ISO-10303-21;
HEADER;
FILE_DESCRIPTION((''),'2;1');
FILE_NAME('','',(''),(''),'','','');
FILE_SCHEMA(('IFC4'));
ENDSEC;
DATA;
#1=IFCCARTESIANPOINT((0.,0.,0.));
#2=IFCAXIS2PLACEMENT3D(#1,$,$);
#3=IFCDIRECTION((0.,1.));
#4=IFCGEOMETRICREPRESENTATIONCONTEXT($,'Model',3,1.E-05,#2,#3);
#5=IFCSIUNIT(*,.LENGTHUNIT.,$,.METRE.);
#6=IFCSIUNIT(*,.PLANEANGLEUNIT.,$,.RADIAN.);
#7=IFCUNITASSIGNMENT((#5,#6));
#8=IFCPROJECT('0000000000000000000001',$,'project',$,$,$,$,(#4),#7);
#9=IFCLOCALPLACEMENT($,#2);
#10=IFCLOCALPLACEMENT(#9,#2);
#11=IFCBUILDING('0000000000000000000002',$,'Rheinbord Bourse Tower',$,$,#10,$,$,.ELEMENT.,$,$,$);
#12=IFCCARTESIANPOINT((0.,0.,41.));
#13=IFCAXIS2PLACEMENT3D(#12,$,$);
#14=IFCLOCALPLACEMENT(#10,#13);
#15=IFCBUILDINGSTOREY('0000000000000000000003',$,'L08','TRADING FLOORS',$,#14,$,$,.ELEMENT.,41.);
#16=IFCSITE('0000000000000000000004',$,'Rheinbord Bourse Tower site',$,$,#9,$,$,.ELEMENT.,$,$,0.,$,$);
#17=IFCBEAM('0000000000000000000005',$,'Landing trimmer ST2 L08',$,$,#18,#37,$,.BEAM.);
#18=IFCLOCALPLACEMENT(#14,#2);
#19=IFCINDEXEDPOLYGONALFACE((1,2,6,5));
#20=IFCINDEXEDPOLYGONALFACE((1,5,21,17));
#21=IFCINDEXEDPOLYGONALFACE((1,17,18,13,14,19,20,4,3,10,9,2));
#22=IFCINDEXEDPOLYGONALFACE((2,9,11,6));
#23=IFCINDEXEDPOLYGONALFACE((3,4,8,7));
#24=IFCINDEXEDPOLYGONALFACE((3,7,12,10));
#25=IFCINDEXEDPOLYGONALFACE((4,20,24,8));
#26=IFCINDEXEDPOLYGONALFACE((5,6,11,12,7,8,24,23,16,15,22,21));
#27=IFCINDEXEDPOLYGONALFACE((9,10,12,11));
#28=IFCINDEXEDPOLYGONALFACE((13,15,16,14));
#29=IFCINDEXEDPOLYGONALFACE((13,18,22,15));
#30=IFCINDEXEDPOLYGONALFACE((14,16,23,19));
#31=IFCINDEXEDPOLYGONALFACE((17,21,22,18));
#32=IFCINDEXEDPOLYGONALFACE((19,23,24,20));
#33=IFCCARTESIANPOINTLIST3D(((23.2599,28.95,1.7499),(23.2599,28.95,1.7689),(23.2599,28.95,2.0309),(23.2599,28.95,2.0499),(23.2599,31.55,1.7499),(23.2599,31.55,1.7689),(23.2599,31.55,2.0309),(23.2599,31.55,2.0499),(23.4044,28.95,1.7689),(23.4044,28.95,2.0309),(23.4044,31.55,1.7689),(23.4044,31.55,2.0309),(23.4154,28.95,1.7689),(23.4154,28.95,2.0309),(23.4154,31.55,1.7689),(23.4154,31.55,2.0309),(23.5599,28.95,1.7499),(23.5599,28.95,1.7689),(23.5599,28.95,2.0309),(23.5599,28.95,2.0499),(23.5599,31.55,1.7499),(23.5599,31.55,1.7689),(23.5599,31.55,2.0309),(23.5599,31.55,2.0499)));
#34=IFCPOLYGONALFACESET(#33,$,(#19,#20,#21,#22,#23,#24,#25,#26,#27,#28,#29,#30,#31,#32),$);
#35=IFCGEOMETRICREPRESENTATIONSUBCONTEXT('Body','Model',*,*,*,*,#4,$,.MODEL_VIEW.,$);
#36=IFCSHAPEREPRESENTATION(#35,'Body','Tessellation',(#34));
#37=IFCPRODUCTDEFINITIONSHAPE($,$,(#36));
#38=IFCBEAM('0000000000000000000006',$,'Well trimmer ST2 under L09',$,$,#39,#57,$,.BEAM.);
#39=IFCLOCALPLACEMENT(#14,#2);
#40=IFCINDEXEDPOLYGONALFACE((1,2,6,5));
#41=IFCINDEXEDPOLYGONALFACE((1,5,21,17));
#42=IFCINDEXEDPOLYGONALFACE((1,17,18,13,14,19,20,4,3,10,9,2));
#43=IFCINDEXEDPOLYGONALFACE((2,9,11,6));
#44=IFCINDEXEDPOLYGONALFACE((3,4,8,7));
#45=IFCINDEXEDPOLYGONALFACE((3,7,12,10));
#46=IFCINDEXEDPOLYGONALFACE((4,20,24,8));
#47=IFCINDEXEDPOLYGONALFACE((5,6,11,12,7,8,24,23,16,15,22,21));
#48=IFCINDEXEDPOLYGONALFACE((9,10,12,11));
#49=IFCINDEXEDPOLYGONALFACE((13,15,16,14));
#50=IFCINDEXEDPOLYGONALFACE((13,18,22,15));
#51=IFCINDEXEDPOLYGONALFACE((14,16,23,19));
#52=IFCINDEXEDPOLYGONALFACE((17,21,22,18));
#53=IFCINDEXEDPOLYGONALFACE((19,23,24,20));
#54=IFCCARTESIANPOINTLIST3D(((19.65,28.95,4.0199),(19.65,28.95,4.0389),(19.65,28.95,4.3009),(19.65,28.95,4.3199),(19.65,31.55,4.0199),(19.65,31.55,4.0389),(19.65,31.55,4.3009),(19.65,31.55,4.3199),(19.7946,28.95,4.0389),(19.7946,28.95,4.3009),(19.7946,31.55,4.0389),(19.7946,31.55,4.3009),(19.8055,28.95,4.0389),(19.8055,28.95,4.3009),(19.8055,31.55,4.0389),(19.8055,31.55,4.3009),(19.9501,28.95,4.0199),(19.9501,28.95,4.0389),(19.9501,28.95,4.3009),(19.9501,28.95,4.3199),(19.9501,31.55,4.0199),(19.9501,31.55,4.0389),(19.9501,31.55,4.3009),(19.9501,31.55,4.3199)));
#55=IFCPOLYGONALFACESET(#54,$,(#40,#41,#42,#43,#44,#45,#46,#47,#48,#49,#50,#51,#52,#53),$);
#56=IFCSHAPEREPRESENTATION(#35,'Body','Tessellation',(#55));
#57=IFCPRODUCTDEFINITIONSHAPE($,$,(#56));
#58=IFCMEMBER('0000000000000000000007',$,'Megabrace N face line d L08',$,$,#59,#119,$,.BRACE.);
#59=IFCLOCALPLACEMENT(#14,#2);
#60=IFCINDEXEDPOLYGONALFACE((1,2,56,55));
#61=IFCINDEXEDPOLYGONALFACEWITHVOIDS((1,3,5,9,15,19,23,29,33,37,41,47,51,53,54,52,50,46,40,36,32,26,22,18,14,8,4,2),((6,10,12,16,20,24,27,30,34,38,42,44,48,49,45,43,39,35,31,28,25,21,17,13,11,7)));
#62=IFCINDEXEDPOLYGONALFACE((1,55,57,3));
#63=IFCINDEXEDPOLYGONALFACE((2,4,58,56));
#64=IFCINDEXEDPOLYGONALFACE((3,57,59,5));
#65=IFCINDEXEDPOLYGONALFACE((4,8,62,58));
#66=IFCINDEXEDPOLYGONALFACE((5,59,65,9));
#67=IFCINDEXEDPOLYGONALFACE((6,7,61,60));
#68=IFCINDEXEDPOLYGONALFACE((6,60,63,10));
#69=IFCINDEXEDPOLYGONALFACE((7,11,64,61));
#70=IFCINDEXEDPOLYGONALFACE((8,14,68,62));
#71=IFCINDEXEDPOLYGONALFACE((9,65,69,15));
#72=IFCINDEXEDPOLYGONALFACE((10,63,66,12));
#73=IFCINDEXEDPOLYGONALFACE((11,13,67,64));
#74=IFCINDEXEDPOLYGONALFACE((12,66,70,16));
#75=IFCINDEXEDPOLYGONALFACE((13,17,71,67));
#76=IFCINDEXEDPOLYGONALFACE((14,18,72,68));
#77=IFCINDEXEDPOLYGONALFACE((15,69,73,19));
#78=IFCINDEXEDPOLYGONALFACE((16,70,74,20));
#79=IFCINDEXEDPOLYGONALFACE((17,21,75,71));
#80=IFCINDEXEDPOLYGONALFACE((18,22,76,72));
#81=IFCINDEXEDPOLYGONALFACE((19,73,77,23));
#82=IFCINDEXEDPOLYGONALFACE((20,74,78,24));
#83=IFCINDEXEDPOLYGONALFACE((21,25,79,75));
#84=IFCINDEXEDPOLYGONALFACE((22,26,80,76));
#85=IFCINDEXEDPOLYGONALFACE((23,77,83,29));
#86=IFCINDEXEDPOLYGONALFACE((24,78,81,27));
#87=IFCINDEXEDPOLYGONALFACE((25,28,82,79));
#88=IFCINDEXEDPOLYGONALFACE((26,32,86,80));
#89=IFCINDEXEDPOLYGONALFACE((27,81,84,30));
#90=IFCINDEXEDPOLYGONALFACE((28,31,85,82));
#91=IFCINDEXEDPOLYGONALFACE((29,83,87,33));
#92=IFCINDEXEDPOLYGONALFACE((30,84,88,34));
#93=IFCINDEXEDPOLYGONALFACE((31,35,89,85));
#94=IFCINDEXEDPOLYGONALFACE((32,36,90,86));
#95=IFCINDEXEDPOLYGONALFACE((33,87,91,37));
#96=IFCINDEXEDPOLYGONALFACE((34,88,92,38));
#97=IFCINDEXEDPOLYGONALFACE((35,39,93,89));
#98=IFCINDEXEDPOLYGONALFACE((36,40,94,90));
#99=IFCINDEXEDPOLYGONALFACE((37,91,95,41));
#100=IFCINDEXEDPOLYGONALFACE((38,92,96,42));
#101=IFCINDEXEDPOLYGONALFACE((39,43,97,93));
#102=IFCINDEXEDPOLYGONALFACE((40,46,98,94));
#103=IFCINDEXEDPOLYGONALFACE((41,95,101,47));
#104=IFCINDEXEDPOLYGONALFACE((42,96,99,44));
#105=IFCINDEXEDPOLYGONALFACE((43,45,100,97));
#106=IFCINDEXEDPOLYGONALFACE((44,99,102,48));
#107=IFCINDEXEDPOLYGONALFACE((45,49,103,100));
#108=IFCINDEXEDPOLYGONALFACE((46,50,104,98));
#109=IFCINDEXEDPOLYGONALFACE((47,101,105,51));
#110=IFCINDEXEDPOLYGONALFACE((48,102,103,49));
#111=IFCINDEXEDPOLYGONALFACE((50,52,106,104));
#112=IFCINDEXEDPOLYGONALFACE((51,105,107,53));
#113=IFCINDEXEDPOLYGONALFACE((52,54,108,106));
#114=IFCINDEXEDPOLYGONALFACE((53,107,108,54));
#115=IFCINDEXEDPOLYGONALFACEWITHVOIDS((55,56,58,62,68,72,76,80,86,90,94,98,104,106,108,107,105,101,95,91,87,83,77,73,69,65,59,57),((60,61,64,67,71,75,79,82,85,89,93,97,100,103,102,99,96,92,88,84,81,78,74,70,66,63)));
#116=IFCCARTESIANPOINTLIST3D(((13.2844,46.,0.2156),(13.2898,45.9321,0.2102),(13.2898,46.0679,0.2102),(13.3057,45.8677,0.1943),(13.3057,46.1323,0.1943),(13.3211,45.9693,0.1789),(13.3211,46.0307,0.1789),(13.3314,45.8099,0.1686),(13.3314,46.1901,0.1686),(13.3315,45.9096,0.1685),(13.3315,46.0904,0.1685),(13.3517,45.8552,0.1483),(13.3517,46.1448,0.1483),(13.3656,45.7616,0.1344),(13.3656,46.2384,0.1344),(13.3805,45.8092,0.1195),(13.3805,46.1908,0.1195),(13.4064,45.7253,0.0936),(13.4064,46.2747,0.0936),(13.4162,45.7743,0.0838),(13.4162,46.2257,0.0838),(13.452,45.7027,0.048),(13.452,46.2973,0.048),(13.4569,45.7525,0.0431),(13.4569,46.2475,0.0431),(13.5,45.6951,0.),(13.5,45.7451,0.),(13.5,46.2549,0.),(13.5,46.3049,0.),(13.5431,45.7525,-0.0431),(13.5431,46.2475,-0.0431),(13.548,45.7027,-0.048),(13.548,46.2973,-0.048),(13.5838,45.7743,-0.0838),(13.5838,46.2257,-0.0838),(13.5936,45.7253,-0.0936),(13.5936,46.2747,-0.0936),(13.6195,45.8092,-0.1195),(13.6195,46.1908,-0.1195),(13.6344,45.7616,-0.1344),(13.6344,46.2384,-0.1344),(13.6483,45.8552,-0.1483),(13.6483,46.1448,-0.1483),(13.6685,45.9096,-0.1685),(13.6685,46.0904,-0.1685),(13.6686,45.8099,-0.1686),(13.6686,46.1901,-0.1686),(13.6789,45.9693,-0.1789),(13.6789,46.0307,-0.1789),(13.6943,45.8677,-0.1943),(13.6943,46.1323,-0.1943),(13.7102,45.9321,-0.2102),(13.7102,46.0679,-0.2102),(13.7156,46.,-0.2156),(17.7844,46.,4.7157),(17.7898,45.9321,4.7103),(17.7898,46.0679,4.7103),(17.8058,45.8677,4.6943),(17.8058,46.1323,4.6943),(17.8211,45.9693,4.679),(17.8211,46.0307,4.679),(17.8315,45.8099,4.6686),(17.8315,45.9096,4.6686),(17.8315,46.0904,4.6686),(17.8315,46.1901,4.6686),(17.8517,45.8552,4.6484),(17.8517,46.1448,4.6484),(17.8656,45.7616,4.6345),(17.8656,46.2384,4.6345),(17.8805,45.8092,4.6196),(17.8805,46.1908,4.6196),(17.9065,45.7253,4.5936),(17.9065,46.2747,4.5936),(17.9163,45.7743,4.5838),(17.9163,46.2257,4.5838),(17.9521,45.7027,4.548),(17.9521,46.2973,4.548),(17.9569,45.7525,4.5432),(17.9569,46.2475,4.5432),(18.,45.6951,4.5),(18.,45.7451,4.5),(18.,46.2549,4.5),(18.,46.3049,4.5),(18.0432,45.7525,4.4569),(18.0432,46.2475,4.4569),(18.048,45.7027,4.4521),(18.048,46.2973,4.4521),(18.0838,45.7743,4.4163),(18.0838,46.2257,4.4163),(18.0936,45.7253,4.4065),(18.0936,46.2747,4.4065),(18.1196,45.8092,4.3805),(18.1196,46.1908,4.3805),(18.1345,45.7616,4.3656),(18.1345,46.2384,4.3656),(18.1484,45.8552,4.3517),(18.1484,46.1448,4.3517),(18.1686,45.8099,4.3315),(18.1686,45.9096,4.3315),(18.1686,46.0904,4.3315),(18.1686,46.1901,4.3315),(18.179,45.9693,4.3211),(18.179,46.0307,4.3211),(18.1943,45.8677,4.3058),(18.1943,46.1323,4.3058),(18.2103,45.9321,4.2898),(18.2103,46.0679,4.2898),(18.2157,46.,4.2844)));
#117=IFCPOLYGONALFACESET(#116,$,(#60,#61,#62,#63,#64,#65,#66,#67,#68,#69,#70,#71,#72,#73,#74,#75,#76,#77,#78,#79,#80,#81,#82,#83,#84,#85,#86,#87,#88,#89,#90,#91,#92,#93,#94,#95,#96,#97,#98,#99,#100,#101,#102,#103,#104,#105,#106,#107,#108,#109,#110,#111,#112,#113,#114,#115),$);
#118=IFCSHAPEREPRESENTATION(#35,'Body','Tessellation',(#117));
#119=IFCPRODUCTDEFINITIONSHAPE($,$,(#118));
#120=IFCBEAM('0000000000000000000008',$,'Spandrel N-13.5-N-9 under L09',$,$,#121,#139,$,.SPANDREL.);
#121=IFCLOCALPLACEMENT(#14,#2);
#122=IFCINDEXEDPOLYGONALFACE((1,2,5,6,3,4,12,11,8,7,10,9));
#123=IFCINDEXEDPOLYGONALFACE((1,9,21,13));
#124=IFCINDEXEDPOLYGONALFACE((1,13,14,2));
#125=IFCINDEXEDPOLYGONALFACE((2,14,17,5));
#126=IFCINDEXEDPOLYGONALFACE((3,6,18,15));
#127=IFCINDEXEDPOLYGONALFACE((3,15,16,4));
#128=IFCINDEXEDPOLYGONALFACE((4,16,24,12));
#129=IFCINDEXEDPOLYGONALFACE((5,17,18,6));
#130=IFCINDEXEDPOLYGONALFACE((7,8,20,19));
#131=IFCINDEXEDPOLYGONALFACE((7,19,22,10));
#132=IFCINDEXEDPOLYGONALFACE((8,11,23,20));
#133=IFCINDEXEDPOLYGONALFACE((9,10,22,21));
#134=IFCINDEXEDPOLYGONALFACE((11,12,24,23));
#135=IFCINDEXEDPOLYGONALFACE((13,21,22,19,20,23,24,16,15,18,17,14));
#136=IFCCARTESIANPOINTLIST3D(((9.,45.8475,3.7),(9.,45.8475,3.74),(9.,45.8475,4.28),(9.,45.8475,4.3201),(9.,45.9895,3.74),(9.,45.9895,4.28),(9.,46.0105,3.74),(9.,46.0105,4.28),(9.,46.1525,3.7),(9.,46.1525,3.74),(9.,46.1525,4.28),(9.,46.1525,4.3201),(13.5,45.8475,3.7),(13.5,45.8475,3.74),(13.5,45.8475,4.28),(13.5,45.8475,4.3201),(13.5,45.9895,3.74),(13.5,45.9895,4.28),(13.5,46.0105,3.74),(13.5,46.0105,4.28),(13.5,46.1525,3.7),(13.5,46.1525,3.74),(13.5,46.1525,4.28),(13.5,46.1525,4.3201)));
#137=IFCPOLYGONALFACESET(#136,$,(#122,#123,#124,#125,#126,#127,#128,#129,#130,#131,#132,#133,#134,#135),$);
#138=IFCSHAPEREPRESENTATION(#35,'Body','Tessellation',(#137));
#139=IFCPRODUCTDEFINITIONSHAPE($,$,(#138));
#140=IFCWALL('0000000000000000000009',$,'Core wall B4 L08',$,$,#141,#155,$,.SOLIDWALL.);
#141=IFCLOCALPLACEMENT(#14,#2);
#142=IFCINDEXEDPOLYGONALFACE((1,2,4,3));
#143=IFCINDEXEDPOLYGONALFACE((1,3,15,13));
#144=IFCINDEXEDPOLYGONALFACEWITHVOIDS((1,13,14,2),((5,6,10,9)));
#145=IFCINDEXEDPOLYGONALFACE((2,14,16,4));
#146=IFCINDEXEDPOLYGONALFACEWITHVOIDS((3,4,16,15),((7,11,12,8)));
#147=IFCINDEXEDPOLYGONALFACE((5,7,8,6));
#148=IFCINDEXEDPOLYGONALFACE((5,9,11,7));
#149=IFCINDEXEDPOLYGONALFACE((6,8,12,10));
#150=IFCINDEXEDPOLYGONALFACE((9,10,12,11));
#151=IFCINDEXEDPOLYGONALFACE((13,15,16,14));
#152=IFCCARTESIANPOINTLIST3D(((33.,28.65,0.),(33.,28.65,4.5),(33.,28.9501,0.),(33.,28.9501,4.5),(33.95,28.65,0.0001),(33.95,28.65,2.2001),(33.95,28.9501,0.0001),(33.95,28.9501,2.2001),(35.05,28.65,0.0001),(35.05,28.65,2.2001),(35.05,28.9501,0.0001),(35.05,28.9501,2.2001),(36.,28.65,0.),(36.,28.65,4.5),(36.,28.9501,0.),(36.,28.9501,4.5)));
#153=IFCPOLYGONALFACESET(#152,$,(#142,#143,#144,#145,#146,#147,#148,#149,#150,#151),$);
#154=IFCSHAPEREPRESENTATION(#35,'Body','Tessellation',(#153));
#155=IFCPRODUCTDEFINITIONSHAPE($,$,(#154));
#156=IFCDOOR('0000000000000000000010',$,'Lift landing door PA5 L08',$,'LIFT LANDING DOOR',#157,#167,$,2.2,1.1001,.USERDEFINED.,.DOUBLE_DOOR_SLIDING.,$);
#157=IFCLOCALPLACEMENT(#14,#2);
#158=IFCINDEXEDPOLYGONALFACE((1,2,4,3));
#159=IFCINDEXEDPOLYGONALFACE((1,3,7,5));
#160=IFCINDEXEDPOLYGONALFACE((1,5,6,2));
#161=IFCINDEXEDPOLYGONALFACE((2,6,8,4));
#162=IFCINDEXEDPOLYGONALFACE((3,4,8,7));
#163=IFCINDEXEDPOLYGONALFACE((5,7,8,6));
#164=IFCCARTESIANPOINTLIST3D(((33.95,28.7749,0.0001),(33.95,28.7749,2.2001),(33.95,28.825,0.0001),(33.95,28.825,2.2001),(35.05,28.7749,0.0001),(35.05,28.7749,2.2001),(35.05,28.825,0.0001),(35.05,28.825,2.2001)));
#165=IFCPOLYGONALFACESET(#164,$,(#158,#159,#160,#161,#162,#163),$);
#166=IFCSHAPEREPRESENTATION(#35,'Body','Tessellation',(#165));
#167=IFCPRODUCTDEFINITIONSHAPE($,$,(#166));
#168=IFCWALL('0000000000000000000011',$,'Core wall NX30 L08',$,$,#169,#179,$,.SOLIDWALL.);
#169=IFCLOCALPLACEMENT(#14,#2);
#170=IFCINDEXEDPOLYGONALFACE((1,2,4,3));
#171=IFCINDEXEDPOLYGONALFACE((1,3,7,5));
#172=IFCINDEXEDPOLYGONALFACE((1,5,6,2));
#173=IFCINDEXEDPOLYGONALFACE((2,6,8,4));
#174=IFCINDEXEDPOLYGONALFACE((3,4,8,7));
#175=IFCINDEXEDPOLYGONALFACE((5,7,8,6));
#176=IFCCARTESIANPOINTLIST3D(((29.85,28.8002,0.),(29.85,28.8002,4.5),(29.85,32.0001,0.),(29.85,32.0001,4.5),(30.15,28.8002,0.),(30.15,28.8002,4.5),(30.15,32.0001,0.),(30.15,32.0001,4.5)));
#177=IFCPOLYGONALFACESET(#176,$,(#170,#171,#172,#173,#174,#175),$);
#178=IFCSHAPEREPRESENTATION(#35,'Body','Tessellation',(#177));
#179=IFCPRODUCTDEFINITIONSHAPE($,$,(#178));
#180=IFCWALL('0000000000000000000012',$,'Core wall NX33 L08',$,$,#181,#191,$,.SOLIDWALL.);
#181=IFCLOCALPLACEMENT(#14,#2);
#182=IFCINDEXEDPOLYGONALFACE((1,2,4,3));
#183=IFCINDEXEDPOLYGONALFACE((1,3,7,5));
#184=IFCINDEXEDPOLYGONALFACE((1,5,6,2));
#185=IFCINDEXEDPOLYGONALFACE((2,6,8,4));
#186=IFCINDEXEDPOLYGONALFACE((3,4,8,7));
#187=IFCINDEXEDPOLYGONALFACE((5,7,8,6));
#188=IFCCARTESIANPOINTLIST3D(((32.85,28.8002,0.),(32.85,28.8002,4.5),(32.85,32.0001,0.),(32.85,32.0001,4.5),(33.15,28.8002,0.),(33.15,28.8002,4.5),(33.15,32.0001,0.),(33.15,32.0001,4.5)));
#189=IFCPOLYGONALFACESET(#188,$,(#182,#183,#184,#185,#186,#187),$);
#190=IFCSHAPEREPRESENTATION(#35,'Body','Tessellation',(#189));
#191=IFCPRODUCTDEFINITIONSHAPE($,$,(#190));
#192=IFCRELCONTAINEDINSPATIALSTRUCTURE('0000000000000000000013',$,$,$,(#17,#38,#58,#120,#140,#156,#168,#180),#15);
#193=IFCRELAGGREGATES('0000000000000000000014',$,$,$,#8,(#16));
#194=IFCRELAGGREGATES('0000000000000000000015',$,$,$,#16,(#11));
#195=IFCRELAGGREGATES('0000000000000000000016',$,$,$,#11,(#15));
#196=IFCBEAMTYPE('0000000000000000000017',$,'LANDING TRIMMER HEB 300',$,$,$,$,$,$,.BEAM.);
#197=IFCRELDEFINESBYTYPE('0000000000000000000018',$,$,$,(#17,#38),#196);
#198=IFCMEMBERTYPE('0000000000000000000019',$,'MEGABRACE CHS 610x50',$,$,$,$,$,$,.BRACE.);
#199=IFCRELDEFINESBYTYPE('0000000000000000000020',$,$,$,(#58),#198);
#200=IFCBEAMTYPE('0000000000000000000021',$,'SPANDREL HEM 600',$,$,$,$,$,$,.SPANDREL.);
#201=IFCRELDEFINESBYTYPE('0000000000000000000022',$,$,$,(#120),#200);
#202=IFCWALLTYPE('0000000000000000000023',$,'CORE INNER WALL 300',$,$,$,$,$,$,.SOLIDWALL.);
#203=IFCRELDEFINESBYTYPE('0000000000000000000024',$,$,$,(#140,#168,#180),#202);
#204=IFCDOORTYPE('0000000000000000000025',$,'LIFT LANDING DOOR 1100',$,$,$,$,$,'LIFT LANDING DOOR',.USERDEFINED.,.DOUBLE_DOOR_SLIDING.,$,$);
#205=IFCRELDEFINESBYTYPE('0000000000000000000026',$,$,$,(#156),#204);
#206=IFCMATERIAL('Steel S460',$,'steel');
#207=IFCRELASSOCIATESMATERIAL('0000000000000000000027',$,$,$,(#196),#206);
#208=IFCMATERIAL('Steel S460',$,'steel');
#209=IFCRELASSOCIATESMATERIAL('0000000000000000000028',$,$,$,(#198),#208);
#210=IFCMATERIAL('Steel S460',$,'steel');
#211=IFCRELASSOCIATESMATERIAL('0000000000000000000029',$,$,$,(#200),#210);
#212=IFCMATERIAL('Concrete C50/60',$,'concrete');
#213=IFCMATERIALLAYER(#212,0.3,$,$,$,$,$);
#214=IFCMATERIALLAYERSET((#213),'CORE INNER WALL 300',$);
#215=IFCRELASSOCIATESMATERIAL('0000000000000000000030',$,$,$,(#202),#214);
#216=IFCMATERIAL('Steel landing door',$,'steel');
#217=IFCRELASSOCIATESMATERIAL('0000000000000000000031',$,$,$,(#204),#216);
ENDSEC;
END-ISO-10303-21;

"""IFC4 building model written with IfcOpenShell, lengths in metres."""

from ifc_helpers import new_model, si_unit, direction, frame, frame_2d, origin, origin_2d, place, context, subcontext, project, spatial, rectangle, hollow_circle, i_section, extrude, material, layer, layer_set, material_profile, profile_set, type_object, element, fill, save


model = new_model("IFC4")

# Units and contexts
model_context = context("Model", 3, precision=1e-05, world=origin(), true_north=direction((0.0, 1.0)))
body_context = subcontext(model_context, "Body", "Model", "MODEL_VIEW")
ifc_project = project(units=[si_unit("LENGTHUNIT", "METRE"), si_unit("PLANEANGLEUNIT", "RADIAN")], contexts=[model_context])

# Site, building, storey
site_placement = place(None, origin())
site = spatial("IfcSite", under=ifc_project, at=site_placement, Name="Rheinbord Bourse Tower site", CompositionType="ELEMENT", RefElevation=0.0)
building_placement = place(site_placement, origin())
building = spatial("IfcBuilding", under=site, at=building_placement, Name="Rheinbord Bourse Tower", CompositionType="ELEMENT")
storey_placement = place(building_placement, frame((0.0, 0.0, 41.0)))
storey = spatial("IfcBuildingStorey", under=building, at=storey_placement, Name="L08", Description="TRADING FLOORS", CompositionType="ELEMENT", Elevation=41.0)

# Beams
ifc_material_1 = material(Name="Steel S460", Category="steel")
ifc_material_profile_1 = material_profile(ifc_material_1, i_section(OverallWidth=0.3, OverallDepth=0.3, WebThickness=0.011, FlangeThickness=0.019, at=origin_2d()), Name="HEB 300")
ifc_profile_set_1 = profile_set([ifc_material_profile_1], Name="Steel S460")
beam_type_1 = type_object("IfcBeamType", Name="LANDING TRIMMER HEB 300", PredefinedType="BEAM", material=ifc_profile_set_1)
for number, where, z_axis, x_axis, name in (
    (1, (23.4099, 28.95, 1.8999), (0.0, 1.0, 0.0), (-1.0, 0.0, 0.0), "Landing trimmer ST2 L08"),
    (2, (19.8, 28.95, 4.1699), (0.0, 1.0, 0.0), (-1.0, 0.0, 0.0), "Well trimmer ST2 under L09"),
):
    element("IfcBeam", number, at=place(storey_placement, frame(where, z_axis=z_axis, x_axis=x_axis)), inside=storey, type_object=beam_type_1, Name=name, PredefinedType="BEAM", context=body_context, shape_type="SweptSolid", body=[
        extrude(i_section(OverallWidth=0.3, OverallDepth=0.3, WebThickness=0.011, FlangeThickness=0.019, at=origin_2d()), origin(), (0.0, 0.0, 1.0), 2.6001),
    ])

# Member
ifc_material_2 = material(Name="Steel S460", Category="steel")
ifc_material_profile_2 = material_profile(ifc_material_2, hollow_circle(Radius=0.3049, WallThickness=0.05, at=origin_2d()), Name="CHS 610x50")
ifc_profile_set_2 = profile_set([ifc_material_profile_2], Name="Steel S460")
member_type = type_object("IfcMemberType", Name="MEGABRACE CHS 610x50", PredefinedType="BRACE", material=ifc_profile_set_2)
member_placement = place(storey_placement, frame((13.5, 46.0, 0.0), z_axis=(0.707107, 0.0, 0.707107), x_axis=(0.0, 1.0, 0.0)))
element("IfcMember", 3, at=member_placement, inside=storey, type_object=member_type, Name="Megabrace N face line d L08", PredefinedType="BRACE", context=body_context, shape_type="SweptSolid", body=[
    extrude(hollow_circle(Radius=0.3049, WallThickness=0.05, at=origin_2d()), origin(), (0.0, 0.0, 1.0), 6.364),
])

# Beam
ifc_material_3 = material(Name="Steel S460", Category="steel")
ifc_material_profile_3 = material_profile(ifc_material_3, i_section(OverallWidth=0.3049, OverallDepth=0.6201, WebThickness=0.021, FlangeThickness=0.04, at=origin_2d()), Name="HEM 600")
ifc_profile_set_3 = profile_set([ifc_material_profile_3], Name="Steel S460")
beam_type_2 = type_object("IfcBeamType", Name="SPANDREL HEM 600", PredefinedType="SPANDREL", material=ifc_profile_set_3)
beam_placement = place(storey_placement, frame((13.5, 46.0, 4.01), z_axis=(-1.0, 0.0, 0.0), x_axis=(0.0, -1.0, 0.0)))
element("IfcBeam", 4, at=beam_placement, inside=storey, type_object=beam_type_2, Name="Spandrel N-13.5-N-9 under L09", PredefinedType="SPANDREL", context=body_context, shape_type="SweptSolid", body=[
    extrude(i_section(OverallWidth=0.3049, OverallDepth=0.6201, WebThickness=0.021, FlangeThickness=0.04, at=origin_2d()), origin(), (0.0, 0.0, 1.0), 4.5),
])

# Wall, opening, door
ifc_material_4 = material(Name="Concrete C50/60", Category="concrete")
ifc_layer_1 = layer(ifc_material_4, 0.3)
ifc_layer_set_1 = layer_set([ifc_layer_1], Name="CORE INNER WALL 300")
wall_type_1 = type_object("IfcWallType", Name="CORE INNER WALL 300", PredefinedType="SOLIDWALL", material=ifc_layer_set_1)
wall_1_placement = place(storey_placement, frame((33.0, 28.8, 0.0), z_axis=(0.0, 0.0, 1.0), x_axis=(1.0, 0.0, 0.0)))
wall_1 = element("IfcWall", 5, at=wall_1_placement, inside=storey, type_object=wall_type_1, Name="Core wall B4 L08", PredefinedType="SOLIDWALL", context=body_context, shape_type="SweptSolid", body=[
    extrude(rectangle(XDim=3.0, YDim=0.3, at=frame_2d((1.5, 0.0))), origin(), (0.0, 0.0, 1.0), 4.5),
])
opening_1_placement = place(wall_1_placement, frame((0.95, 0.0, 0.0)))
opening_1 = element("IfcOpeningElement", 6, at=opening_1_placement, cuts=wall_1, PredefinedType="OPENING", context=body_context, shape_type="SweptSolid", body=[
    extrude(rectangle(XDim=1.1001, YDim=2.2, at=frame_2d((0.55, 1.1001))), frame((0.0, 0.1599, 0.0), z_axis=(0.0, -1.0, 0.0), x_axis=(1.0, 0.0, 0.0)), (0.0, 0.0, 1.0), 0.3201),
])
ifc_material_5 = material(Name="Steel landing door", Category="steel")
door_type_1 = type_object("IfcDoorType", Name="LIFT LANDING DOOR 1100", ElementType="LIFT LANDING DOOR", OperationType="DOUBLE_DOOR_SLIDING", PredefinedType="USERDEFINED", material=ifc_material_5)
door_1_placement = place(opening_1_placement, origin())
door_1 = element("IfcDoor", 7, at=door_1_placement, inside=storey, type_object=door_type_1, Name="Lift landing door PA5 L08", ObjectType="LIFT LANDING DOOR", OperationType="DOUBLE_DOOR_SLIDING", OverallHeight=2.2, OverallWidth=1.1001, PredefinedType="USERDEFINED", context=body_context, shape_type="SweptSolid", body=[
    extrude(rectangle(XDim=1.1001, YDim=2.2, at=frame_2d((0.55, 1.1001))), frame((0.0, 0.0249, 0.0), z_axis=(0.0, -1.0, 0.0), x_axis=(1.0, 0.0, 0.0)), (0.0, 0.0, 1.0), 0.05),
])
fill(opening_1, door_1)

# Walls
for number, where, z_axis, x_axis, name in (
    (8, (30.0, 28.8, 0.0), (0.0, 0.0, 1.0), (0.0, 1.0, 0.0), "Core wall NX30 L08"),
    (9, (33.0, 28.8, 0.0), (0.0, 0.0, 1.0), (0.0, 1.0, 0.0), "Core wall NX33 L08"),
):
    element("IfcWall", number, at=place(storey_placement, frame(where, z_axis=z_axis, x_axis=x_axis)), inside=storey, type_object=wall_type_1, Name=name, PredefinedType="SOLIDWALL", context=body_context, shape_type="SweptSolid", body=[
        extrude(rectangle(XDim=3.2, YDim=0.3, at=frame_2d((1.6001, 0.0))), origin(), (0.0, 0.0, 1.0), 4.5),
    ])

save(model, "model.ifc")
